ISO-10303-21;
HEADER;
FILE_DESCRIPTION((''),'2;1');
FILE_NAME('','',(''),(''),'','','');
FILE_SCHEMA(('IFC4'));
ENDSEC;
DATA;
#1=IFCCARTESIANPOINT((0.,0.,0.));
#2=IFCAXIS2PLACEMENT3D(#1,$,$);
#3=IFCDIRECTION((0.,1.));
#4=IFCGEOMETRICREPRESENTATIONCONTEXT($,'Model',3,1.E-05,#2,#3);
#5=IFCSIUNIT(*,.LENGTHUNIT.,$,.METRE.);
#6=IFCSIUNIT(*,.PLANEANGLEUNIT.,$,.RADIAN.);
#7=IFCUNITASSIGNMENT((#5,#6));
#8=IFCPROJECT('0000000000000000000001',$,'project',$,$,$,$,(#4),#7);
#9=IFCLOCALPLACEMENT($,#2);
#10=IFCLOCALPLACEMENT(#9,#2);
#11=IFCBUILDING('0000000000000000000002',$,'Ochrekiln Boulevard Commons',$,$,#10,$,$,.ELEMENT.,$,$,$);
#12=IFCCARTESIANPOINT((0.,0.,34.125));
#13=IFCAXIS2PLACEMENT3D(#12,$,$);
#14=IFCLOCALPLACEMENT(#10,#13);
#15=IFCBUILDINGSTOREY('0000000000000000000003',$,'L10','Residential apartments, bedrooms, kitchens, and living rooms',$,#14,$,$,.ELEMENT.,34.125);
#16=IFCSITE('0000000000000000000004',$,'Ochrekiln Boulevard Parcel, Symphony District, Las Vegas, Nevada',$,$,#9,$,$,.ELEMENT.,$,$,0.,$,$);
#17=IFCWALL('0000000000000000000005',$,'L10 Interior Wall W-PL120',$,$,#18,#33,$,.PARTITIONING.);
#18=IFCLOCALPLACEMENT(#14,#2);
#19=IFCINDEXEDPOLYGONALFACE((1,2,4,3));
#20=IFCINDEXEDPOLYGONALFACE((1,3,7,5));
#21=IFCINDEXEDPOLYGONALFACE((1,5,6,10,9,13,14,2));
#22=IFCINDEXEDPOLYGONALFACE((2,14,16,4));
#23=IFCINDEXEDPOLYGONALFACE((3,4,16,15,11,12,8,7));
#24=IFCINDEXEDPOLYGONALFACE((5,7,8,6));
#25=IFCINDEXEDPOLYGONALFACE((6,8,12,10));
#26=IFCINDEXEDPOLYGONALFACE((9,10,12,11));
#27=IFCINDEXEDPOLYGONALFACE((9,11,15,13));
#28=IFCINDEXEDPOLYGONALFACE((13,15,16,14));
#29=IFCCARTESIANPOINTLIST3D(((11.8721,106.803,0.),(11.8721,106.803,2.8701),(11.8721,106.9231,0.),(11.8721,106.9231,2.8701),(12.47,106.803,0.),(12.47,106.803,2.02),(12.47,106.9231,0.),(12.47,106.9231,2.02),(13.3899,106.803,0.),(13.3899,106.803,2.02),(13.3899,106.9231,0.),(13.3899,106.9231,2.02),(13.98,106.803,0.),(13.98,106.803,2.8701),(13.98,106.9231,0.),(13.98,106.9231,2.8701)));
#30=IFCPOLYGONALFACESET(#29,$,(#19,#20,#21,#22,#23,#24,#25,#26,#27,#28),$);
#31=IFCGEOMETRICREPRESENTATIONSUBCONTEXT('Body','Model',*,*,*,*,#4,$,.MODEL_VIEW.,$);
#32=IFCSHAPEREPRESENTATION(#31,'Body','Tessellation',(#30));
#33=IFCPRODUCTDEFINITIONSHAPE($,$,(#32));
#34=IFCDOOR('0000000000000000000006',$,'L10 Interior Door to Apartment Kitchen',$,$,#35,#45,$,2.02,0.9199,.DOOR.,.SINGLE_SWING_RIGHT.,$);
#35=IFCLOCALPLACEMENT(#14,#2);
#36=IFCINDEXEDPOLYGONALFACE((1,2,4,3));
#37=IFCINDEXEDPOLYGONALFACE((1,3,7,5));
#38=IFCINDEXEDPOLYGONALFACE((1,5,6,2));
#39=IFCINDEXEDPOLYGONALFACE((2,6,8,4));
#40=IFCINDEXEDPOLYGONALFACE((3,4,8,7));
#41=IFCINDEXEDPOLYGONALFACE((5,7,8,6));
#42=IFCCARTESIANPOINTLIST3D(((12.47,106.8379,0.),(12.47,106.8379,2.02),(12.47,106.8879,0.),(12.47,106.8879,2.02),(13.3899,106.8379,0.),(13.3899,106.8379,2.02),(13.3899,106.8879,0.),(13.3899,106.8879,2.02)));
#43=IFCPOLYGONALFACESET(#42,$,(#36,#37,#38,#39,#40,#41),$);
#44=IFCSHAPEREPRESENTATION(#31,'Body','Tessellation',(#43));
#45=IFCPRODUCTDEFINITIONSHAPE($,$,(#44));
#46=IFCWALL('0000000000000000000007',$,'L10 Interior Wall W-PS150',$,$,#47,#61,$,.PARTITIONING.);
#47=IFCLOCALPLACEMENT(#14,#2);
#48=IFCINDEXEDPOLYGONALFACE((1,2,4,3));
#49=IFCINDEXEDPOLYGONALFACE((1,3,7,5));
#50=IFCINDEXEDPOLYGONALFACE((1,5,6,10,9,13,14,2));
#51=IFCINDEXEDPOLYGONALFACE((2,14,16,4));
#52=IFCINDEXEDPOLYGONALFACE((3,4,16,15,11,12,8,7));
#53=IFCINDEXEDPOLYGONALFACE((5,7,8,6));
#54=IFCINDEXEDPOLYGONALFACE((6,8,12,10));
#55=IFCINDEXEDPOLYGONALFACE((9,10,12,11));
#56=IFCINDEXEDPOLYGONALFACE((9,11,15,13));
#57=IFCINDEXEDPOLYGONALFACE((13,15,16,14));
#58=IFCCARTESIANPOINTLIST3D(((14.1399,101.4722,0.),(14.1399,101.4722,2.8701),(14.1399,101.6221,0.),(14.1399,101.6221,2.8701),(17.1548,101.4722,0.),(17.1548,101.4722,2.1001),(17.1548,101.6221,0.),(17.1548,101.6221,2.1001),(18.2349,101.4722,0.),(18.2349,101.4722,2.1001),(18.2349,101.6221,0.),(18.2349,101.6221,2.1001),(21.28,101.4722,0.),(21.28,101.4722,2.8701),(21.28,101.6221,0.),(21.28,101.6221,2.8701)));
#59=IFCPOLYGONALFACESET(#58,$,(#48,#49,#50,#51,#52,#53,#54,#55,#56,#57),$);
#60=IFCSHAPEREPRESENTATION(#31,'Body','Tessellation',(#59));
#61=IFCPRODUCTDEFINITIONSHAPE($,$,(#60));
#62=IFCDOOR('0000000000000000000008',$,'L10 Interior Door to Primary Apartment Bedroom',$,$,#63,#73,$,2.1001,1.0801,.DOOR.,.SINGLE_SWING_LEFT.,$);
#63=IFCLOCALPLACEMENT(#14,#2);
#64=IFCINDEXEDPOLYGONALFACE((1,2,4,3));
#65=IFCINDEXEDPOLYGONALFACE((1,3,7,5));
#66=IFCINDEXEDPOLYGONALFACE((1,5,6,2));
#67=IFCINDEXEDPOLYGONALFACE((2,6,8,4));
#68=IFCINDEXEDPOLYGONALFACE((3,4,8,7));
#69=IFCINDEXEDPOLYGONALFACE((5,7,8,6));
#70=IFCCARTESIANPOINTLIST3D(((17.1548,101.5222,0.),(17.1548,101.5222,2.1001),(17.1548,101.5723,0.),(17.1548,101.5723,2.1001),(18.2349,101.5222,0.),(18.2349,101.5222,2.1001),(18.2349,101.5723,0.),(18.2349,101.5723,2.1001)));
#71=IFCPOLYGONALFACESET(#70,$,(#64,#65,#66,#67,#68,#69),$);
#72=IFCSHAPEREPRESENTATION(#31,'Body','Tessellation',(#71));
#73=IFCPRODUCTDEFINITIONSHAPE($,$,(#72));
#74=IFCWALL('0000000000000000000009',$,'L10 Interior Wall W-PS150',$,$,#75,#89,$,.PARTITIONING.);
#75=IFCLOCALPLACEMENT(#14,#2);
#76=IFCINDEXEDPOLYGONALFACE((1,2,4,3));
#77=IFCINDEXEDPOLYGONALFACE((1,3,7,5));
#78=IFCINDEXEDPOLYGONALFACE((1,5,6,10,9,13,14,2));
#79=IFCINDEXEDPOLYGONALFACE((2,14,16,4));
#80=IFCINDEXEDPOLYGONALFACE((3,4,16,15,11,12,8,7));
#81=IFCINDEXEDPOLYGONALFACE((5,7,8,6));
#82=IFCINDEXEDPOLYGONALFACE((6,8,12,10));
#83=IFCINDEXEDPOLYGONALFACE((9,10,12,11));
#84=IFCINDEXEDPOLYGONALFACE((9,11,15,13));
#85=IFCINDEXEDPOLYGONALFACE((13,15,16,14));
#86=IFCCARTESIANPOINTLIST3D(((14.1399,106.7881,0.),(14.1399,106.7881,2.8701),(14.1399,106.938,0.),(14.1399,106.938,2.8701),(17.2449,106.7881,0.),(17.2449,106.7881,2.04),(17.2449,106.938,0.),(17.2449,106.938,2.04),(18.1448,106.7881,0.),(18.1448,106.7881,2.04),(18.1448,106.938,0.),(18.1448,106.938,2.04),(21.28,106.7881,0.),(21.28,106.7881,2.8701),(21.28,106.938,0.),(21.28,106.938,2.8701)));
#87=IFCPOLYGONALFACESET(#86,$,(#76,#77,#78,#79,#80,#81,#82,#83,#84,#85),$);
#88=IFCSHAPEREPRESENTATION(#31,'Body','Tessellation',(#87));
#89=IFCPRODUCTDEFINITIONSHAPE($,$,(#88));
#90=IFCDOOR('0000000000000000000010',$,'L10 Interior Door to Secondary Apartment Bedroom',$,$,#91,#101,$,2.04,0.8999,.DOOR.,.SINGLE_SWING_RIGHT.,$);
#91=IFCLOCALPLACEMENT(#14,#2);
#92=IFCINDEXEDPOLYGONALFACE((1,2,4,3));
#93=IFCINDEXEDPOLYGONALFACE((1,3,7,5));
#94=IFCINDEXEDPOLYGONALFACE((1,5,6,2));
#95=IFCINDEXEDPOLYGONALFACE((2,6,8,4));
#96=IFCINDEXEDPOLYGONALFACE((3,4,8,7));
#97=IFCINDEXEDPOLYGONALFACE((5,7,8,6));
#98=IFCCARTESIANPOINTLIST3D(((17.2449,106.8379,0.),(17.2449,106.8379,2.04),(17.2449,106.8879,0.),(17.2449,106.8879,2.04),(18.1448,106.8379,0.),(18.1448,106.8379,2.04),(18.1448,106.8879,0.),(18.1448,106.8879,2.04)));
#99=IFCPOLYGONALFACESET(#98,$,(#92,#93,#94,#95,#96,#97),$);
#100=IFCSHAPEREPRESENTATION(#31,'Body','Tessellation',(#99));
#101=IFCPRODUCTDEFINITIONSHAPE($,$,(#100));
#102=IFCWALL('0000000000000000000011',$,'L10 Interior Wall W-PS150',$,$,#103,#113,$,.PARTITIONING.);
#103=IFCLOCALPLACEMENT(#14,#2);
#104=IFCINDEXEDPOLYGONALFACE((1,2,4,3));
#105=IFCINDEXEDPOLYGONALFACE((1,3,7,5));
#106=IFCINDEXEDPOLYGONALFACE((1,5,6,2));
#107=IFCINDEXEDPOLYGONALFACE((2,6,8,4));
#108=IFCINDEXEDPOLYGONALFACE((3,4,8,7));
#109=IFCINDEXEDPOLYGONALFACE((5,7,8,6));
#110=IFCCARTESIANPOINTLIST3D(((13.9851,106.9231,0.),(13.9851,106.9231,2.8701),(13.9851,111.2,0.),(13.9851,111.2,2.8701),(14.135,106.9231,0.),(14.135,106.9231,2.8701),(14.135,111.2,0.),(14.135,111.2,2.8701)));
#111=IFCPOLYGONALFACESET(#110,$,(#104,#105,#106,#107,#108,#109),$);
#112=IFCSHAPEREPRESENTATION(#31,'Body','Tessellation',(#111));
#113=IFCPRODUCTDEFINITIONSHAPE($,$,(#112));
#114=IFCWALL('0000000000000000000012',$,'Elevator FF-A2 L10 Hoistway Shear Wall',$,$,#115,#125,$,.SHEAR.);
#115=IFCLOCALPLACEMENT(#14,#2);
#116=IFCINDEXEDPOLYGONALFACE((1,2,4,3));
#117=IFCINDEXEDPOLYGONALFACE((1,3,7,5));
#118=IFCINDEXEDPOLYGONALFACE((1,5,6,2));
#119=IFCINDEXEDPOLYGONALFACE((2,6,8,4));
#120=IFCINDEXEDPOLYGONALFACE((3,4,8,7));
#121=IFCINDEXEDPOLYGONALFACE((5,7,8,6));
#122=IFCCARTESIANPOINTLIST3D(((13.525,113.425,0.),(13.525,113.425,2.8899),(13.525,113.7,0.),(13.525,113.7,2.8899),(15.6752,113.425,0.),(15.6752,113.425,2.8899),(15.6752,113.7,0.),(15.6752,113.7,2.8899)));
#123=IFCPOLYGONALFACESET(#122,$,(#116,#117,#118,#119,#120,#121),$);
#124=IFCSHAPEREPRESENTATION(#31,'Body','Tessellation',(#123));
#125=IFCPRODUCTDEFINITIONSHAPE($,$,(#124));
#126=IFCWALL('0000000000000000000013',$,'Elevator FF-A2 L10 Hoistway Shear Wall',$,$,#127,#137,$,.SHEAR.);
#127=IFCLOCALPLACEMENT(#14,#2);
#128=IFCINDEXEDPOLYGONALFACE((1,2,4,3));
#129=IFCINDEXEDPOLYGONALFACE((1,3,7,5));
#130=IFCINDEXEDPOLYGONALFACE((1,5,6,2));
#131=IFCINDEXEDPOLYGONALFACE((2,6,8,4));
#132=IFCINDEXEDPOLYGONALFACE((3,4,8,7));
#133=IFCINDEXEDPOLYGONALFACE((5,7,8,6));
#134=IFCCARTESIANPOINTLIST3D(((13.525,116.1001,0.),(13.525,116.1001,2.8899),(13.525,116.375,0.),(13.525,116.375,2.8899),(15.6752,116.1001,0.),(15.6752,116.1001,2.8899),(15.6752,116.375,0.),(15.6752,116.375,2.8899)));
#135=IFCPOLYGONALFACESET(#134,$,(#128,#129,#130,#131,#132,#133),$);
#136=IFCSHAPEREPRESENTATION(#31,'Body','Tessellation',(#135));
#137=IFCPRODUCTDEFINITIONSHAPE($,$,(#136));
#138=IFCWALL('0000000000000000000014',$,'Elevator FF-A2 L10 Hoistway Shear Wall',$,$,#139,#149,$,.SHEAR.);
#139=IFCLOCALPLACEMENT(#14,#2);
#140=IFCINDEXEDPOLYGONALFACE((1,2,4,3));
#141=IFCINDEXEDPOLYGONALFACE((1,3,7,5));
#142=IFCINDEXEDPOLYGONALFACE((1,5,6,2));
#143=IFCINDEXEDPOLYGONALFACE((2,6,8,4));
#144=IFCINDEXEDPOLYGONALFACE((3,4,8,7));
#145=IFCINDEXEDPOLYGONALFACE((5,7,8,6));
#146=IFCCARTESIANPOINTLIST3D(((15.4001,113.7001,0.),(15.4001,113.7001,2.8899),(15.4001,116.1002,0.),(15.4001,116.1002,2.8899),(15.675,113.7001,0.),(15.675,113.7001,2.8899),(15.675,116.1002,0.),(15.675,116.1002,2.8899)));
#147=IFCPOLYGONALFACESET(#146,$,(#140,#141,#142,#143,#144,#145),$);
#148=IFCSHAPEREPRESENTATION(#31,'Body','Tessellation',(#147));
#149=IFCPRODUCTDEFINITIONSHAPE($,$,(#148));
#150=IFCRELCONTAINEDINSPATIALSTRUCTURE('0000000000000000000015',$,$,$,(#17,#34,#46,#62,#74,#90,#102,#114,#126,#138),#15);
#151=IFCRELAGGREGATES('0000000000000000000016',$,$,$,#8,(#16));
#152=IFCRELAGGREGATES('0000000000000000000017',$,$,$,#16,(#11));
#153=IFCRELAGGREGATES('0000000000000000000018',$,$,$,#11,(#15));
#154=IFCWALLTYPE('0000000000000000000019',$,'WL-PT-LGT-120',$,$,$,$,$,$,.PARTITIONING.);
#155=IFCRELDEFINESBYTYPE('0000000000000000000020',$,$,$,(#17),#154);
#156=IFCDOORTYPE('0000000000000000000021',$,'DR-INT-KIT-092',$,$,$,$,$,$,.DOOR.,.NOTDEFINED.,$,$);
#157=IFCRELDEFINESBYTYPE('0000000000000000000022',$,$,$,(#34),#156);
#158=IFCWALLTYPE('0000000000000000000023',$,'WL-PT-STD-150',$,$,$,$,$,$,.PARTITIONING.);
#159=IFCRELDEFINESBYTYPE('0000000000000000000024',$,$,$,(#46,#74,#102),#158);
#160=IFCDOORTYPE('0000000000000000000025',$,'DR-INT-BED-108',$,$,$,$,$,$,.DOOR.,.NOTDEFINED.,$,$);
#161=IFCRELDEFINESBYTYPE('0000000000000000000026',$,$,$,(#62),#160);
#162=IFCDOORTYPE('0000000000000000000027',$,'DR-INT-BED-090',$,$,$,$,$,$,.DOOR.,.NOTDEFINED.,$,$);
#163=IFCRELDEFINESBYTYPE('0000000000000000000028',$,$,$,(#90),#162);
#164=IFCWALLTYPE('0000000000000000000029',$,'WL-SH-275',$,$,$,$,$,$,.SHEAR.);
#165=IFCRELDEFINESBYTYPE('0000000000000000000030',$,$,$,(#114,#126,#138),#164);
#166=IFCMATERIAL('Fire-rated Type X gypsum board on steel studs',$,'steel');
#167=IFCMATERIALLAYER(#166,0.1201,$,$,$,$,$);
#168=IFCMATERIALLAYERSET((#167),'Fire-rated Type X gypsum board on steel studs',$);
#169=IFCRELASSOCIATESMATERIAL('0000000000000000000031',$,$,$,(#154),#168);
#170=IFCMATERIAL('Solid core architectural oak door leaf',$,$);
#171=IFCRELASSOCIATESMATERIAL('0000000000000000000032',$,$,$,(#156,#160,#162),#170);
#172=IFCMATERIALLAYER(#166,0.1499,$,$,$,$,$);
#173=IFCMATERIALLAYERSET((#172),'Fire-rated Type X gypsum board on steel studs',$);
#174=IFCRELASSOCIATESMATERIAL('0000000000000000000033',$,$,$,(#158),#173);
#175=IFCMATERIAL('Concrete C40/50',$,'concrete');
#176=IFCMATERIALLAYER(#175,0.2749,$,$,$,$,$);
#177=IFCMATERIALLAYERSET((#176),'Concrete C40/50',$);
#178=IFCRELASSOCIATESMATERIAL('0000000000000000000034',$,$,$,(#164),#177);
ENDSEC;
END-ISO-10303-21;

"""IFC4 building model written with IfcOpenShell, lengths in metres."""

from ifc_helpers import new_model, si_unit, direction, frame, frame_2d, origin, place, context, subcontext, project, spatial, rectangle, extrude, material, layer, layer_set, type_object, element, fill, save


model = new_model("IFC4")

# Units and contexts
model_context = context("Model", 3, precision=1e-05, world=origin(), true_north=direction((0.0, 1.0)))
body_context = subcontext(model_context, "Body", "Model", "MODEL_VIEW")
ifc_project = project(units=[si_unit("LENGTHUNIT", "METRE"), si_unit("PLANEANGLEUNIT", "RADIAN")], contexts=[model_context])

# Site, building, storey
site_placement = place(None, origin())
site = spatial("IfcSite", under=ifc_project, at=site_placement, Name="Ochrekiln Boulevard Parcel, Symphony District, Las Vegas, Nevada", CompositionType="ELEMENT", RefElevation=0.0)
building_placement = place(site_placement, origin())
building = spatial("IfcBuilding", under=site, at=building_placement, Name="Ochrekiln Boulevard Commons", CompositionType="ELEMENT")
storey_placement = place(building_placement, frame((0.0, 0.0, 34.125)))
storey = spatial("IfcBuildingStorey", under=building, at=storey_placement, Name="L10", Description="Residential apartments, bedrooms, kitchens, and living rooms", CompositionType="ELEMENT", Elevation=34.125)

# Shared definitions
ifc_material_1 = material(Name="Concrete C40/50", Category="concrete")

# Shared definitions
ifc_material_2 = material(Name="Solid core architectural oak door leaf")
ifc_material_3 = material(Name="Fire-rated Type X gypsum board on steel studs", Category="steel")

# Walls, openings, doors
ifc_layer_1 = layer(ifc_material_3, 0.1201)
ifc_layer_set_1 = layer_set([ifc_layer_1], Name="Fire-rated Type X gypsum board on steel studs")
wall_type_1 = type_object("IfcWallType", Name="WL-PT-LGT-120", PredefinedType="PARTITIONING", material=ifc_layer_set_1)
wall_1_placement = place(storey_placement, frame((11.8721, 106.863, 0.0), z_axis=(0.0, 0.0, 1.0), x_axis=(1.0, 0.0, 0.0)))
wall_1 = element("IfcWall", 1, at=wall_1_placement, inside=storey, type_object=wall_type_1, Name="L10 Interior Wall W-PL120", PredefinedType="PARTITIONING", context=body_context, shape_type="SweptSolid", body=[
    extrude(rectangle(XDim=2.1079, YDim=0.1201, at=frame_2d((1.054, 0.0))), origin(), (0.0, 0.0, 1.0), 2.8701),
])
opening_1_placement = place(wall_1_placement, frame((0.5979, 0.0, 0.0)))
opening_1 = element("IfcOpeningElement", 2, at=opening_1_placement, cuts=wall_1, PredefinedType="OPENING", context=body_context, shape_type="SweptSolid", body=[
    extrude(rectangle(XDim=0.9199, YDim=2.02, at=frame_2d((0.46, 1.01))), frame((0.0, 0.0701, 0.0), z_axis=(0.0, -1.0, 0.0), x_axis=(1.0, 0.0, 0.0)), (0.0, 0.0, 1.0), 0.1401),
])
door_type_1 = type_object("IfcDoorType", Name="DR-INT-KIT-092", OperationType="NOTDEFINED", PredefinedType="DOOR", material=ifc_material_2)
door_1_placement = place(opening_1_placement, origin())
door_1 = element("IfcDoor", 3, at=door_1_placement, inside=storey, type_object=door_type_1, Name="L10 Interior Door to Apartment Kitchen", OperationType="SINGLE_SWING_RIGHT", OverallHeight=2.02, OverallWidth=0.9199, PredefinedType="DOOR", context=body_context, shape_type="SweptSolid", body=[
    extrude(rectangle(XDim=0.9199, YDim=2.02, at=frame_2d((0.46, 1.01))), frame((0.0, 0.0249, 0.0), z_axis=(0.0, -1.0, 0.0), x_axis=(1.0, 0.0, 0.0)), (0.0, 0.0, 1.0), 0.05),
])
fill(opening_1, door_1)
ifc_layer_2 = layer(ifc_material_3, 0.1499)
ifc_layer_set_2 = layer_set([ifc_layer_2], Name="Fire-rated Type X gypsum board on steel studs")
wall_type_2 = type_object("IfcWallType", Name="WL-PT-STD-150", PredefinedType="PARTITIONING", material=ifc_layer_set_2)
wall_2_placement = place(storey_placement, frame((14.1399, 101.5471, 0.0), z_axis=(0.0, 0.0, 1.0), x_axis=(1.0, 0.0, 0.0)))
wall_2 = element("IfcWall", 4, at=wall_2_placement, inside=storey, type_object=wall_type_2, Name="L10 Interior Wall W-PS150", PredefinedType="PARTITIONING", context=body_context, shape_type="SweptSolid", body=[
    extrude(rectangle(XDim=7.1401, YDim=0.1499, at=frame_2d((3.5701, 0.0))), origin(), (0.0, 0.0, 1.0), 2.8701),
])
opening_2_placement = place(wall_2_placement, frame((3.0149, 0.0, 0.0)))
opening_2 = element("IfcOpeningElement", 5, at=opening_2_placement, cuts=wall_2, PredefinedType="OPENING", context=body_context, shape_type="SweptSolid", body=[
    extrude(rectangle(XDim=1.0801, YDim=2.1001, at=frame_2d((0.54, 1.05))), frame((0.0, 0.085, 0.0), z_axis=(0.0, -1.0, 0.0), x_axis=(1.0, 0.0, 0.0)), (0.0, 0.0, 1.0), 0.1699),
])
door_type_2 = type_object("IfcDoorType", Name="DR-INT-BED-108", OperationType="NOTDEFINED", PredefinedType="DOOR", material=ifc_material_2)
door_2_placement = place(opening_2_placement, frame((1.0801, 0.0, 0.0), z_axis=(0.0, 0.0, 1.0), x_axis=(-1.0, 0.0, 0.0)))
door_2 = element("IfcDoor", 6, at=door_2_placement, inside=storey, type_object=door_type_2, Name="L10 Interior Door to Primary Apartment Bedroom", OperationType="SINGLE_SWING_LEFT", OverallHeight=2.1001, OverallWidth=1.0801, PredefinedType="DOOR", context=body_context, shape_type="SweptSolid", body=[
    extrude(rectangle(XDim=1.0801, YDim=2.1001, at=frame_2d((0.54, 1.05))), frame((0.0, 0.0249, 0.0), z_axis=(0.0, -1.0, 0.0), x_axis=(1.0, 0.0, 0.0)), (0.0, 0.0, 1.0), 0.05),
])
fill(opening_2, door_2)
wall_3_placement = place(storey_placement, frame((14.1399, 106.863, 0.0), z_axis=(0.0, 0.0, 1.0), x_axis=(1.0, 0.0, 0.0)))
wall_3 = element("IfcWall", 7, at=wall_3_placement, inside=storey, type_object=wall_type_2, Name="L10 Interior Wall W-PS150", PredefinedType="PARTITIONING", context=body_context, shape_type="SweptSolid", body=[
    extrude(rectangle(XDim=7.1401, YDim=0.1499, at=frame_2d((3.5701, 0.0))), origin(), (0.0, 0.0, 1.0), 2.8701),
])
opening_3_placement = place(wall_3_placement, frame((3.105, 0.0, 0.0)))
opening_3 = element("IfcOpeningElement", 8, at=opening_3_placement, cuts=wall_3, PredefinedType="OPENING", context=body_context, shape_type="SweptSolid", body=[
    extrude(rectangle(XDim=0.8999, YDim=2.04, at=frame_2d((0.45, 1.02))), frame((0.0, 0.085, 0.0), z_axis=(0.0, -1.0, 0.0), x_axis=(1.0, 0.0, 0.0)), (0.0, 0.0, 1.0), 0.1699),
])
door_type_3 = type_object("IfcDoorType", Name="DR-INT-BED-090", OperationType="NOTDEFINED", PredefinedType="DOOR", material=ifc_material_2)
door_3_placement = place(opening_3_placement, origin())
door_3 = element("IfcDoor", 9, at=door_3_placement, inside=storey, type_object=door_type_3, Name="L10 Interior Door to Secondary Apartment Bedroom", OperationType="SINGLE_SWING_RIGHT", OverallHeight=2.04, OverallWidth=0.8999, PredefinedType="DOOR", context=body_context, shape_type="SweptSolid", body=[
    extrude(rectangle(XDim=0.8999, YDim=2.04, at=frame_2d((0.45, 1.02))), frame((0.0, 0.0249, 0.0), z_axis=(0.0, -1.0, 0.0), x_axis=(1.0, 0.0, 0.0)), (0.0, 0.0, 1.0), 0.05),
])
fill(opening_3, door_3)

# Walls
wall_4_placement = place(storey_placement, frame((14.0601, 106.9231, 0.0), z_axis=(0.0, 0.0, 1.0), x_axis=(0.0, 1.0, 0.0)))
element("IfcWall", 10, at=wall_4_placement, inside=storey, type_object=wall_type_2, Name="L10 Interior Wall W-PS150", PredefinedType="PARTITIONING", context=body_context, shape_type="SweptSolid", body=[
    extrude(rectangle(XDim=4.2769, YDim=0.1499, at=frame_2d((2.1384, 0.0))), origin(), (0.0, 0.0, 1.0), 2.8701),
])
ifc_layer_3 = layer(ifc_material_1, 0.2749)
ifc_layer_set_3 = layer_set([ifc_layer_3], Name="Concrete C40/50")
wall_type_3 = type_object("IfcWallType", Name="WL-SH-275", PredefinedType="SHEAR", material=ifc_layer_set_3)
for number, where, z_axis, x_axis, name in (
    (11, (13.5249, 113.5625, 0.0), (0.0, 0.0, 1.0), (1.0, 0.0, 0.0), "Elevator FF-A2 L10 Hoistway Shear Wall"),
    (12, (13.5249, 116.2375, 0.0), (0.0, 0.0, 1.0), (1.0, 0.0, 0.0), "Elevator FF-A2 L10 Hoistway Shear Wall"),
):
    element("IfcWall", number, at=place(storey_placement, frame(where, z_axis=z_axis, x_axis=x_axis)), inside=storey, type_object=wall_type_3, Name=name, PredefinedType="SHEAR", context=body_context, shape_type="SweptSolid", body=[
        extrude(rectangle(XDim=2.1501, YDim=0.2749, at=frame_2d((1.0752, 0.0))), origin(), (0.0, 0.0, 1.0), 2.8899),
    ])

# Wall
wall_5_placement = place(storey_placement, frame((15.5376, 113.7, 0.0), z_axis=(0.0, 0.0, 1.0), x_axis=(0.0, 1.0, 0.0)))
element("IfcWall", 13, at=wall_5_placement, inside=storey, type_object=wall_type_3, Name="Elevator FF-A2 L10 Hoistway Shear Wall", PredefinedType="SHEAR", context=body_context, shape_type="SweptSolid", body=[
    extrude(rectangle(XDim=2.4001, YDim=0.2749, at=frame_2d((1.2002, 0.0))), origin(), (0.0, 0.0, 1.0), 2.8899),
])

save(model, "model.ifc")
